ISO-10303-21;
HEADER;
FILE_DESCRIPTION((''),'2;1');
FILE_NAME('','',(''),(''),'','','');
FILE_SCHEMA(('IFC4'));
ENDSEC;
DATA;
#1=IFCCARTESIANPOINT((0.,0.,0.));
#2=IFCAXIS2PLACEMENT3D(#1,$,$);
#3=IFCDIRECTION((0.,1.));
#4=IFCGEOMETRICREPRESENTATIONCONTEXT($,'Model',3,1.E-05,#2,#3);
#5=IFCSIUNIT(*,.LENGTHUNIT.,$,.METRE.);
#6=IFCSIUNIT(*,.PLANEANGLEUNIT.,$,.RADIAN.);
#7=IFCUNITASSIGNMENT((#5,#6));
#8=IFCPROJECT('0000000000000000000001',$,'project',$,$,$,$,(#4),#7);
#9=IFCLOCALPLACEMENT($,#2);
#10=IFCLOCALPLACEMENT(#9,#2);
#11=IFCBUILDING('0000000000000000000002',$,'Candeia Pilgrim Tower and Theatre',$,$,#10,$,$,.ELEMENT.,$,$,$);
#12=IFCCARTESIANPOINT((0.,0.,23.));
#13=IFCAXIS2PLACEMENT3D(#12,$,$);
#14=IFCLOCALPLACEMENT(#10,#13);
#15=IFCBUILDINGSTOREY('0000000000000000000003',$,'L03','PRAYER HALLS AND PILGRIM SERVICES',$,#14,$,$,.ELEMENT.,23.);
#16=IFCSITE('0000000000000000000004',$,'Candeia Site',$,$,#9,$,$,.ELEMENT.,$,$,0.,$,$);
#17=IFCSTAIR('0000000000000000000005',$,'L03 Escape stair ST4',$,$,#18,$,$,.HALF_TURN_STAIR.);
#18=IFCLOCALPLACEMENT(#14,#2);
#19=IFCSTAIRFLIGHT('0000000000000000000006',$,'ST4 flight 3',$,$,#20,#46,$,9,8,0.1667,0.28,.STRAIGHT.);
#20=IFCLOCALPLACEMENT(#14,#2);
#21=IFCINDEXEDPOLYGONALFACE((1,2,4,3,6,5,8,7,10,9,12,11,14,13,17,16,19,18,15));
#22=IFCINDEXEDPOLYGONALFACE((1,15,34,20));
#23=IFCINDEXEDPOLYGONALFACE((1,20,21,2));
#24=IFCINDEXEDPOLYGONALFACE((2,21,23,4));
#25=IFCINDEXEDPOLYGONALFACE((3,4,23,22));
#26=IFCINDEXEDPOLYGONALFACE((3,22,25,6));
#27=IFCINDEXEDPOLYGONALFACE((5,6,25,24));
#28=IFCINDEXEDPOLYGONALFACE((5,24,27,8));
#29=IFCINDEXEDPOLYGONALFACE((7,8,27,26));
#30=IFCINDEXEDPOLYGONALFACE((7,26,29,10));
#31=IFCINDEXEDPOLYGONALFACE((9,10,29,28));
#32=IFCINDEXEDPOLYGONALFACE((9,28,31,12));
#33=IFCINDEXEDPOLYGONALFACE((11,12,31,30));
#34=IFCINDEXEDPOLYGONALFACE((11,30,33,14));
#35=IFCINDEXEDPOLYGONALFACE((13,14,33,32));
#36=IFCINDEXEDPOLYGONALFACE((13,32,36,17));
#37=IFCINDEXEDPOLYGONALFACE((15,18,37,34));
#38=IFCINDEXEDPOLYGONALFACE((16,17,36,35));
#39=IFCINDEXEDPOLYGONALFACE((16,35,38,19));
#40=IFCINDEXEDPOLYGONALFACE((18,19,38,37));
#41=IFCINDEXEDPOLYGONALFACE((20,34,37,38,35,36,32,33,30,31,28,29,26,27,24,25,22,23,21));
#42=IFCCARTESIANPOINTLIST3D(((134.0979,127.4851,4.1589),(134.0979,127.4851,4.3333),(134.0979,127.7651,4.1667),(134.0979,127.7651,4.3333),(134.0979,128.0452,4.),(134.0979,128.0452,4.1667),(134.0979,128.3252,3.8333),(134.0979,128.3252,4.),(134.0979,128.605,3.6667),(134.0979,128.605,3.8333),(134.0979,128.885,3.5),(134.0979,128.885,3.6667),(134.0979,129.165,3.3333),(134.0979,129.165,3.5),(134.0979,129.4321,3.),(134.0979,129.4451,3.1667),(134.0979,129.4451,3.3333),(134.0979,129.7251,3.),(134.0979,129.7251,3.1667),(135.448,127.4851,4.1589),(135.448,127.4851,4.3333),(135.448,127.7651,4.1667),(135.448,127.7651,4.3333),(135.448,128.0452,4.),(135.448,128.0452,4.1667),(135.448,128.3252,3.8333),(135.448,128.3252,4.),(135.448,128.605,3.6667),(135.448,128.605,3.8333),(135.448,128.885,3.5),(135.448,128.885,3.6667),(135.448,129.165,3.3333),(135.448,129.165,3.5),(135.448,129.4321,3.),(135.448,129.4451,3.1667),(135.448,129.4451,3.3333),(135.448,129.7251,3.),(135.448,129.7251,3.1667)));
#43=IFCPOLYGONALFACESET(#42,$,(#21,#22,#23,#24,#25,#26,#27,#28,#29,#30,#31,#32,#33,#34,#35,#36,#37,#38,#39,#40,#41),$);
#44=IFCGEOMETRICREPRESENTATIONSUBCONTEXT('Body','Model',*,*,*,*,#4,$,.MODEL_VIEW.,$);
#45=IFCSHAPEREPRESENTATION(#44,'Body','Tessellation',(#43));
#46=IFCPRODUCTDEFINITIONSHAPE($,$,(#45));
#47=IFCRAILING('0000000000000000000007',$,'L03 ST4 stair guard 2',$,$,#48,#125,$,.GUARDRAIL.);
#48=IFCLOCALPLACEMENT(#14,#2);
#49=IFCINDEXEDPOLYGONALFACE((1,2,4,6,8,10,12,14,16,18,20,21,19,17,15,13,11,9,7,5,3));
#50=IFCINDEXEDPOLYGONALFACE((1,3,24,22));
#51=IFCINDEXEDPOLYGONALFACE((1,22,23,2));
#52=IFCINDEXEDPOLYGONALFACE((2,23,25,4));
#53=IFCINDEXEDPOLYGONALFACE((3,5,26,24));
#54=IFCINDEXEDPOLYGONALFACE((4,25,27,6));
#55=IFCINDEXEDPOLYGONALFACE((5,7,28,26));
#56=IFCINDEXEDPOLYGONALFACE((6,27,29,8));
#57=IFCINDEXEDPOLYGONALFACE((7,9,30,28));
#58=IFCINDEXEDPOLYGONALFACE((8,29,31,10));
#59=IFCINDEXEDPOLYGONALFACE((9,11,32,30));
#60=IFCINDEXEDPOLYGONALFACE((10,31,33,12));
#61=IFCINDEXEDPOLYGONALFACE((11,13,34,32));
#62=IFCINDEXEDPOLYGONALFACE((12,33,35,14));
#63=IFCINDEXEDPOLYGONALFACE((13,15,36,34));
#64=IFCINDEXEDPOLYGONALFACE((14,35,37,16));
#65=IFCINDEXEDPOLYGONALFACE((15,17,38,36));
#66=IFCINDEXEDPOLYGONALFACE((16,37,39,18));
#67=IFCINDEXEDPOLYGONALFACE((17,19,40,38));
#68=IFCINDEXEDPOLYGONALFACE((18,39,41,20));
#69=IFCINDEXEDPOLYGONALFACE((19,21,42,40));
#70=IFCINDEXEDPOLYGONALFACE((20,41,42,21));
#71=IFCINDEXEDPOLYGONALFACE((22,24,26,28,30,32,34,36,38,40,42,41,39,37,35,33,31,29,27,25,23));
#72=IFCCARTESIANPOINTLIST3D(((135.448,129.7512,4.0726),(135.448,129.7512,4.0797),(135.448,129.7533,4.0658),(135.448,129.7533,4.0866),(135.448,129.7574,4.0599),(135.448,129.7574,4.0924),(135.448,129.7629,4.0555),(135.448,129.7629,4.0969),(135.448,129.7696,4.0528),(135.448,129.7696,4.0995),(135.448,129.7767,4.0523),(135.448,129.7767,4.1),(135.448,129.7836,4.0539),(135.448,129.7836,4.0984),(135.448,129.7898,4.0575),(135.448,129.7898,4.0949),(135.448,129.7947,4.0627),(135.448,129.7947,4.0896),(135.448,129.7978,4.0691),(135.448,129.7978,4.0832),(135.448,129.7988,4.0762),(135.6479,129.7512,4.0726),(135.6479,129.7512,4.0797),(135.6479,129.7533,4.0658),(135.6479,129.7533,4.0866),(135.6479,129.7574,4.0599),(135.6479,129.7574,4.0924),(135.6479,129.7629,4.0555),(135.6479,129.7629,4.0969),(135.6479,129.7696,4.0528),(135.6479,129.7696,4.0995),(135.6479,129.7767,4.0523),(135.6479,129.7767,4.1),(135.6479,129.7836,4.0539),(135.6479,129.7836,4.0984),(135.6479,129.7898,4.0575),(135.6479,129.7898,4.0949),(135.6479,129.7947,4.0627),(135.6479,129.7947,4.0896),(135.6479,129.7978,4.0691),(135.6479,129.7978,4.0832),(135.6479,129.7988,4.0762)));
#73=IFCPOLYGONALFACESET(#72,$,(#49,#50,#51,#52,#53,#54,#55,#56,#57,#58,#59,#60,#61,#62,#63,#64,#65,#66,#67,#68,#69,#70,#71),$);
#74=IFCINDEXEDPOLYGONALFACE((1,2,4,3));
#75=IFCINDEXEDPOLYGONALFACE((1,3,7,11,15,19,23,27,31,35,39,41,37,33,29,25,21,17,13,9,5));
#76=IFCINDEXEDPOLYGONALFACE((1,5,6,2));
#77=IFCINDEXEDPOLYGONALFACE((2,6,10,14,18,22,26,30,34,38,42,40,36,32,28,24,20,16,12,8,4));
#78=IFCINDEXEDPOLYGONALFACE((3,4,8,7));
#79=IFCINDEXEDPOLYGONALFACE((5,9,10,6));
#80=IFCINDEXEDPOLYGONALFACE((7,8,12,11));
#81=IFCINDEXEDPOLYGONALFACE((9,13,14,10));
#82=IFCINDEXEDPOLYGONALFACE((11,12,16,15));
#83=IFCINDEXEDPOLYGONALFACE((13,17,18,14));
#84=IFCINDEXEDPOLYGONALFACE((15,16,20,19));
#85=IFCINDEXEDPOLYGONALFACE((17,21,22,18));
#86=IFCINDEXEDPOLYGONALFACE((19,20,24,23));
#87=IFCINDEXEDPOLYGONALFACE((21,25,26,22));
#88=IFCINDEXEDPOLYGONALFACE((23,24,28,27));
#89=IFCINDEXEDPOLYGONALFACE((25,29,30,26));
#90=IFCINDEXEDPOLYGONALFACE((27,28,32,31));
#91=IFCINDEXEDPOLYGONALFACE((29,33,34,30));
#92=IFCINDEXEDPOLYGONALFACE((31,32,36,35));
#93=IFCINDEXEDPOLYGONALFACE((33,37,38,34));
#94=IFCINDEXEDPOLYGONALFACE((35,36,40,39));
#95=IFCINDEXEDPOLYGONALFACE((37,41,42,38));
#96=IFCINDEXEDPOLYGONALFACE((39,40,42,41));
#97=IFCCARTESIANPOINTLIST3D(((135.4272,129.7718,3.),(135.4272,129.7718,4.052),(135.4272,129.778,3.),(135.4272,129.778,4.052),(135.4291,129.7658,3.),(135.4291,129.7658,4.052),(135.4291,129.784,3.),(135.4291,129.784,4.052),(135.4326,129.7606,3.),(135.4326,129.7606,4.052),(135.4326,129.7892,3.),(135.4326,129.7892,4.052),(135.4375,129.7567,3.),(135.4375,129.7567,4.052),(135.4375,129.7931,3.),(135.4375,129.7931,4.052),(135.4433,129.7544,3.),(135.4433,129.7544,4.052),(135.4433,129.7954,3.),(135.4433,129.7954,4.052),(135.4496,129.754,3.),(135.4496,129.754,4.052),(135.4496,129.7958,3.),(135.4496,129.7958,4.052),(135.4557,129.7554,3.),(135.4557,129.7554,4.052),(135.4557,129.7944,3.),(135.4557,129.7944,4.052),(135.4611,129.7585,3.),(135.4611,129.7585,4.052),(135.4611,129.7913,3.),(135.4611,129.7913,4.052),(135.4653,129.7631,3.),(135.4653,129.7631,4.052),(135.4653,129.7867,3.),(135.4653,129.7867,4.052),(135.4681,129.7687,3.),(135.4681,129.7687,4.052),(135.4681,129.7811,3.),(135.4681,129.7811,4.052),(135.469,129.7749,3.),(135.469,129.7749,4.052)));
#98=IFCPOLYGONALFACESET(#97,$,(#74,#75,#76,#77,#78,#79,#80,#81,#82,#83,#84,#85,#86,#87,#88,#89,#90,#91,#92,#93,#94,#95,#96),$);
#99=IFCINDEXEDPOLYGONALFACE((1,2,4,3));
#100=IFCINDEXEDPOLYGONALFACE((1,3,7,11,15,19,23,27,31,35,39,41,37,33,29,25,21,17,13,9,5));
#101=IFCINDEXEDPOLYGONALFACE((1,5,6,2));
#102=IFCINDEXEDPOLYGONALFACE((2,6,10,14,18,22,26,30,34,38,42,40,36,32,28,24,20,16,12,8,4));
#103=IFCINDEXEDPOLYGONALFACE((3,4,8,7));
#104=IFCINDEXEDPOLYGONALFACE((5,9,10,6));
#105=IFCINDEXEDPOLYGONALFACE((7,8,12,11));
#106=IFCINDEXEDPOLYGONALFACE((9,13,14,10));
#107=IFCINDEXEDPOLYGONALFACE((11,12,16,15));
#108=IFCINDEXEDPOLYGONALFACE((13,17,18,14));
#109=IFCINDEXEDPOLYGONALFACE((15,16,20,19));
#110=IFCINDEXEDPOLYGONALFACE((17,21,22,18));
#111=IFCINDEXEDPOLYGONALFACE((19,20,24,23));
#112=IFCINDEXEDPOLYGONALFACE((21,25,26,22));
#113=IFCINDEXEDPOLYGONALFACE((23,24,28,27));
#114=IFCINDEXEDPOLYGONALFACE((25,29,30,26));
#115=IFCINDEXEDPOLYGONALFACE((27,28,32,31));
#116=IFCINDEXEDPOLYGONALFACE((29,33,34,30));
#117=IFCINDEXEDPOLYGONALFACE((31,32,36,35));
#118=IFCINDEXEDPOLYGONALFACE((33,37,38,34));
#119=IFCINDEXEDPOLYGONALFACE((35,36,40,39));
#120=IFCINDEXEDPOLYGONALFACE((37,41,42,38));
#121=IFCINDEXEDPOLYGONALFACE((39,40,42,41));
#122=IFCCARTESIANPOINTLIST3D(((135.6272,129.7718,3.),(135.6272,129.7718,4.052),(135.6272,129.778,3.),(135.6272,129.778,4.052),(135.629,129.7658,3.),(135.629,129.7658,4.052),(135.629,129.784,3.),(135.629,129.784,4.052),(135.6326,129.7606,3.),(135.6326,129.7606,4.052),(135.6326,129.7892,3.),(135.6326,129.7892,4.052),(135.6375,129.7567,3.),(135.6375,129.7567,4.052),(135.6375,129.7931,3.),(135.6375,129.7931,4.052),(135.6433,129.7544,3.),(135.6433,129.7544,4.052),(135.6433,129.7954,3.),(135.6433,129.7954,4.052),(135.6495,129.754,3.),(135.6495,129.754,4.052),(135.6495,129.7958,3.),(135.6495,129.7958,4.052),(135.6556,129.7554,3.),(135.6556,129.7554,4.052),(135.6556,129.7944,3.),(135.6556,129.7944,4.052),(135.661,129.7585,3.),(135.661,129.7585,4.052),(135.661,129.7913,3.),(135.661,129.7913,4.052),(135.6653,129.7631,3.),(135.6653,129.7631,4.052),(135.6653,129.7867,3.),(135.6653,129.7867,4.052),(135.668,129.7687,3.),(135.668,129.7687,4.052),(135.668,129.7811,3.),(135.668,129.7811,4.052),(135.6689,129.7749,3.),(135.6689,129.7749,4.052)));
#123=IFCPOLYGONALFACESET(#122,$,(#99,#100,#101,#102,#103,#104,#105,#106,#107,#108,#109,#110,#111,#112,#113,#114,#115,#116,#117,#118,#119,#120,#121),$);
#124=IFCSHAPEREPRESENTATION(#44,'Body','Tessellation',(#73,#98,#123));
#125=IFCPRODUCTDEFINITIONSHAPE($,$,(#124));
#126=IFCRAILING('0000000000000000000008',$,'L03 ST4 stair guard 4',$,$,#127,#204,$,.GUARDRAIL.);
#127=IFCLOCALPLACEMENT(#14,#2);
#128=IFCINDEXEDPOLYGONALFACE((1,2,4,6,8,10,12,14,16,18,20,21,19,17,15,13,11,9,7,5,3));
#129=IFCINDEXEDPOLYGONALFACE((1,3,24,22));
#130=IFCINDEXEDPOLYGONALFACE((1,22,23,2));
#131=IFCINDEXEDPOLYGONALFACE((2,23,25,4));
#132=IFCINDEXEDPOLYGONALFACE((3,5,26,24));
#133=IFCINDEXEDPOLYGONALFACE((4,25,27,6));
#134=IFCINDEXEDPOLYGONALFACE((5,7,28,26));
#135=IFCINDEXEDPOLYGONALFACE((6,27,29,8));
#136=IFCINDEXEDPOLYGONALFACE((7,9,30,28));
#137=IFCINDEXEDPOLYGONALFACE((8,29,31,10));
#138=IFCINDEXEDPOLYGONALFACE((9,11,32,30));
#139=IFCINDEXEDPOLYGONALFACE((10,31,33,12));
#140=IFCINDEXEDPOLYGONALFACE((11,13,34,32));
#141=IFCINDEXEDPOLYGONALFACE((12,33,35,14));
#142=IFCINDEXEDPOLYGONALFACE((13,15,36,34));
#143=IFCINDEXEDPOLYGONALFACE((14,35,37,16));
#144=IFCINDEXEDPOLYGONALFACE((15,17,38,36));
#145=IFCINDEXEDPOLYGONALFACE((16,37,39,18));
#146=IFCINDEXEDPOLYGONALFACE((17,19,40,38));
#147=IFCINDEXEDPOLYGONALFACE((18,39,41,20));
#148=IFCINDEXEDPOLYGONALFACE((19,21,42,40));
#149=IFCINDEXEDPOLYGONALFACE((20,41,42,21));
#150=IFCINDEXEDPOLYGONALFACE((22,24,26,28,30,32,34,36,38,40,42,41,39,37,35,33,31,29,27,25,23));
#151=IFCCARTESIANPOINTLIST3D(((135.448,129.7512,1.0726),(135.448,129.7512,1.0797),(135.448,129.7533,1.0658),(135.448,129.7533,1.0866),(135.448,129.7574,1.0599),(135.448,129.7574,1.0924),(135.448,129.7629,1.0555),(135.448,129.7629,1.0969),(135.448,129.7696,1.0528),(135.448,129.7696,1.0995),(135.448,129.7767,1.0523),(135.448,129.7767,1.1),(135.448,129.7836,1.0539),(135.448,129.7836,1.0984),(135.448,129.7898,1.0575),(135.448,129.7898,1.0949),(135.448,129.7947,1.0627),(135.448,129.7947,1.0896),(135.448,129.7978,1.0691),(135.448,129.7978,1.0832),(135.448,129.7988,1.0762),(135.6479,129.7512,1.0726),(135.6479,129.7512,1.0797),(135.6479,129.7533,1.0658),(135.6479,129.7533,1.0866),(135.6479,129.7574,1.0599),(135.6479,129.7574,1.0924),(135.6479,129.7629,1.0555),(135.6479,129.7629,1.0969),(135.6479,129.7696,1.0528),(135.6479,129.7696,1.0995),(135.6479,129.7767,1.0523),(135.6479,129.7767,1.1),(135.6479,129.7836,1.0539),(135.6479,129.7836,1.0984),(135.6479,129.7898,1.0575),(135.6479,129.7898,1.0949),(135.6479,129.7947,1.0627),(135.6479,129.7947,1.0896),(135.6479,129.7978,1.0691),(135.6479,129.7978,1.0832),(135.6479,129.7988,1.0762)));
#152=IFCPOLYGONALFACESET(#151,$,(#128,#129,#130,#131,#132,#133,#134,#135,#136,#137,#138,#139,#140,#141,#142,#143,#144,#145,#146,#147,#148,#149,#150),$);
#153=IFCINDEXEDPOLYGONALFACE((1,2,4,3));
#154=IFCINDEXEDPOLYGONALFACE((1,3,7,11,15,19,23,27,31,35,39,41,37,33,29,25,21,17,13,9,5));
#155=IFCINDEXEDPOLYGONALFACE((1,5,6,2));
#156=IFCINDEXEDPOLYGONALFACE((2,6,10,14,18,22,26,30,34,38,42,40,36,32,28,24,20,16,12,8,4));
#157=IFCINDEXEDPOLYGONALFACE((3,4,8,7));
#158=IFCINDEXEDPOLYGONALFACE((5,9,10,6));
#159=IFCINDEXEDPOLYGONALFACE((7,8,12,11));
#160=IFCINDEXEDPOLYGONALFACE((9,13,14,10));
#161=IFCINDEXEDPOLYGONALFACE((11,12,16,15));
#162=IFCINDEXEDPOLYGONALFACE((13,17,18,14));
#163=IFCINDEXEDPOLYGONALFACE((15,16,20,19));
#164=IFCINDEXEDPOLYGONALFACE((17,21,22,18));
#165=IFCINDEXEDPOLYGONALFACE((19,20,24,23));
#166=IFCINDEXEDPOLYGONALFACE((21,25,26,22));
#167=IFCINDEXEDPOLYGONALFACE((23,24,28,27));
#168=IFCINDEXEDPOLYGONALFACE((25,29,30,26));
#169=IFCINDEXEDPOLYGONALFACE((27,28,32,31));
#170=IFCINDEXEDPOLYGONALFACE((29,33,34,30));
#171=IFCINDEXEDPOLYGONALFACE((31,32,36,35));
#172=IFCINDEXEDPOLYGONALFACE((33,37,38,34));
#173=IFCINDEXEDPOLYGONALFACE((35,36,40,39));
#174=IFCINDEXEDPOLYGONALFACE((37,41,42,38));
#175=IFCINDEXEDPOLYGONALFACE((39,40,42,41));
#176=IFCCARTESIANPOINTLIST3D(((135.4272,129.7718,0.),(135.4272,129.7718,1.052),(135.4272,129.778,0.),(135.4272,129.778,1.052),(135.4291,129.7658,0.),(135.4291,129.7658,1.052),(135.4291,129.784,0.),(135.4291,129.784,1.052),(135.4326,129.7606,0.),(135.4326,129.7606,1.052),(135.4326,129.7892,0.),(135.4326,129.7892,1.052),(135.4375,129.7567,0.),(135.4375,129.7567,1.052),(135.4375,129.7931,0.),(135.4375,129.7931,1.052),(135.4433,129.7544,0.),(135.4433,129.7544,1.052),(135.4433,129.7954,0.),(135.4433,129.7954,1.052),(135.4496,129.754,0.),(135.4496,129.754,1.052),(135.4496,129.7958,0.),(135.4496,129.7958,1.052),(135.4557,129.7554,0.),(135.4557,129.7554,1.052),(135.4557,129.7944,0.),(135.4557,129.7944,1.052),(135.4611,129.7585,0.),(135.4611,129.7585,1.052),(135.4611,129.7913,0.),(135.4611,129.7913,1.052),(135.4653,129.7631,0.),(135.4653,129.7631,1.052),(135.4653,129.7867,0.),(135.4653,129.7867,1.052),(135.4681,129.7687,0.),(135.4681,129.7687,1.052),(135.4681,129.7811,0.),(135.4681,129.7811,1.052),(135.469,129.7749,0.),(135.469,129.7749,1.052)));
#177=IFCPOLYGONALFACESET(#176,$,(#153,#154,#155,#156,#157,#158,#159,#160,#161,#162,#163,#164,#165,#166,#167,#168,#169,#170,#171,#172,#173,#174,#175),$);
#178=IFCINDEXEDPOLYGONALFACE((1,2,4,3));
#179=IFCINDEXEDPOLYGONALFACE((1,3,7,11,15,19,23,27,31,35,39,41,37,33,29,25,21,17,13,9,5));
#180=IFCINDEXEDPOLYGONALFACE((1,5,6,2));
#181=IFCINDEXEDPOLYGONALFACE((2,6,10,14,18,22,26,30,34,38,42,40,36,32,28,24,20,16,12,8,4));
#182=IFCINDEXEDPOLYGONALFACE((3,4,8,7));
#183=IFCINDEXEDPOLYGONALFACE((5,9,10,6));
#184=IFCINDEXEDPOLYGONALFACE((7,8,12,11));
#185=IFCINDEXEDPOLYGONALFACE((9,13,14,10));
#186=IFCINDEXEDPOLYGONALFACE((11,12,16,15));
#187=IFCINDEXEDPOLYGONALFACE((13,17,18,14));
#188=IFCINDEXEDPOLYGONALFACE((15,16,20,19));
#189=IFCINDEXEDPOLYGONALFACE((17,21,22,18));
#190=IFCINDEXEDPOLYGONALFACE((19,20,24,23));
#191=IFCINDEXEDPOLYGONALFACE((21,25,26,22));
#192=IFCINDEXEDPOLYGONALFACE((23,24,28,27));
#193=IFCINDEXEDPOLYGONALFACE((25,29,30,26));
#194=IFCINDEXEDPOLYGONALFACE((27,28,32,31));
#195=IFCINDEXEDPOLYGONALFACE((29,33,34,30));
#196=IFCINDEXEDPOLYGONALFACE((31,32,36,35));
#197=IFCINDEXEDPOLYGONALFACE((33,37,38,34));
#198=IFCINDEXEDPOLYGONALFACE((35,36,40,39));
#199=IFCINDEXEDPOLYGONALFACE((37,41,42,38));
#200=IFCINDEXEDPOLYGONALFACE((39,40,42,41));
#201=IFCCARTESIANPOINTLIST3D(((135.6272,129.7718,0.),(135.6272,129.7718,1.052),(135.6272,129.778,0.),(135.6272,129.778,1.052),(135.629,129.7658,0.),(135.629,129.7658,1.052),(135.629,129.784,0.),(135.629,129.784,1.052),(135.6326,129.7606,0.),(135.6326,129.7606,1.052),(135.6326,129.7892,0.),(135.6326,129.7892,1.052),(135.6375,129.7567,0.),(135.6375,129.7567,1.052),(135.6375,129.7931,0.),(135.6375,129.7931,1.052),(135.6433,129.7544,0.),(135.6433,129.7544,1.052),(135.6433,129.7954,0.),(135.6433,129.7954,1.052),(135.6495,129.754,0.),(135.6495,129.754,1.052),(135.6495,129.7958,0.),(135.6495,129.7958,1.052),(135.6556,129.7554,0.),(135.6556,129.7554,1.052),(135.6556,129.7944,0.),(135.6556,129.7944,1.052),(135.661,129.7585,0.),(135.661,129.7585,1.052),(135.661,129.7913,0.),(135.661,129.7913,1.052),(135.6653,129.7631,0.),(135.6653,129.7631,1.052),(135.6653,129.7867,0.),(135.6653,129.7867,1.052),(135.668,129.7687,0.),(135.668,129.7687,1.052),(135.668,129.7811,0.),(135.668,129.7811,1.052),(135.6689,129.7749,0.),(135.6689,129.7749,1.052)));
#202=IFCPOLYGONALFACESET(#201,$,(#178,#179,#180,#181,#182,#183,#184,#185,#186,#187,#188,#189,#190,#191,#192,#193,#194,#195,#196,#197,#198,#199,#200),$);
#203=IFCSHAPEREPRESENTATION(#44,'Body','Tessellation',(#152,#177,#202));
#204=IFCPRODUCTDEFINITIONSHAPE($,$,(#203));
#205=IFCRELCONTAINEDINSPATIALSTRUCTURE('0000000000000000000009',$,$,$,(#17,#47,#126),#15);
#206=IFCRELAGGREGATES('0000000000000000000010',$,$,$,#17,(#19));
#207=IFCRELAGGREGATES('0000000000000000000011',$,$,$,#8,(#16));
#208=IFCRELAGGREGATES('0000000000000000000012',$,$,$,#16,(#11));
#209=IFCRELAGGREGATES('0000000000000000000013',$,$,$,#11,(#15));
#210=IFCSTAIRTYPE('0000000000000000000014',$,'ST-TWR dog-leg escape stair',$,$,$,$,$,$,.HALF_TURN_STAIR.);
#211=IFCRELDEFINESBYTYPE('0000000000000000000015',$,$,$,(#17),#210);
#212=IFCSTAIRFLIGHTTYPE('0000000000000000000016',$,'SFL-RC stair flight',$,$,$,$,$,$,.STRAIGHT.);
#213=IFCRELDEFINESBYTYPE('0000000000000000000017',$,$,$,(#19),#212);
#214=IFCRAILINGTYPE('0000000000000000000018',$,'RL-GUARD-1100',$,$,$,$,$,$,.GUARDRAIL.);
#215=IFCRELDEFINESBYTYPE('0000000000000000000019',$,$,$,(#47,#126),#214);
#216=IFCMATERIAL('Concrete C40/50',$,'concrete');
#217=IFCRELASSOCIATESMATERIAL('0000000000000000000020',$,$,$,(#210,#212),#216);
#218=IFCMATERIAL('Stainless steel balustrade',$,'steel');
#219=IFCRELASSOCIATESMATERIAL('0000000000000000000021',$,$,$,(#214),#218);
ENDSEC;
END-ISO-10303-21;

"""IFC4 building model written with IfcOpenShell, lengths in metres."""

from ifc_helpers import new_model, si_unit, direction, frame, origin, origin_2d, place, context, subcontext, project, spatial, polyline, circle, outline, extrude, material, type_object, element, aggregate, save


model = new_model("IFC4")

# Units and contexts
model_context = context("Model", 3, precision=1e-05, world=origin(), true_north=direction((0.0, 1.0)))
body_context = subcontext(model_context, "Body", "Model", "MODEL_VIEW")
ifc_project = project(units=[si_unit("LENGTHUNIT", "METRE"), si_unit("PLANEANGLEUNIT", "RADIAN")], contexts=[model_context])

# Site, building, storey
site_placement = place(None, origin())
site = spatial("IfcSite", under=ifc_project, at=site_placement, Name="Candeia Site", CompositionType="ELEMENT", RefElevation=0.0)
building_placement = place(site_placement, origin())
building = spatial("IfcBuilding", under=site, at=building_placement, Name="Candeia Pilgrim Tower and Theatre", CompositionType="ELEMENT")
storey_placement = place(building_placement, frame((0.0, 0.0, 23.0)))
storey = spatial("IfcBuildingStorey", under=building, at=storey_placement, Name="L03", Description="PRAYER HALLS AND PILGRIM SERVICES", CompositionType="ELEMENT", Elevation=23.0)

# Shared definitions
ifc_material_1 = material(Name="Concrete C40/50", Category="concrete")

# Stair, stair flight
stair_type = type_object("IfcStairType", Name="ST-TWR dog-leg escape stair", PredefinedType="HALF_TURN_STAIR", material=ifc_material_1)
stair_placement = place(storey_placement, origin())
stair = element("IfcStair", 1, at=stair_placement, inside=storey, type_object=stair_type, Name="L03 Escape stair ST4", PredefinedType="HALF_TURN_STAIR")
stair_flight_type = type_object("IfcStairFlightType", Name="SFL-RC stair flight", PredefinedType="STRAIGHT", material=ifc_material_1)
stair_flight_1_placement = place(storey_placement, frame((134.7729, 129.7251, 3.0), z_axis=(0.0, 0.0, 1.0), x_axis=(0.0, -1.0, 0.0)))
stair_flight_1 = element("IfcStairFlight", 2, at=stair_flight_1_placement, type_object=stair_flight_type, Name="ST4 flight 3", NumberOfRisers=9, NumberOfTreads=8, PredefinedType="STRAIGHT", RiserHeight=0.1667, TreadLength=0.28, context=body_context, shape_type="SweptSolid", body=[
    extrude(outline(polyline([(0.0, 0.0), (0.0, 0.1667), (0.28, 0.1667), (0.28, 0.3333), (0.5601, 0.3333), (0.5601, 0.5), (0.8401, 0.5), (0.8401, 0.6667), (1.1201, 0.6667), (1.1201, 0.8333), (1.3999, 0.8333), (1.3999, 1.0), (1.6799, 1.0), (1.6799, 1.1667), (1.96, 1.1667), (1.96, 1.3333), (2.24, 1.3333), (2.24, 1.5), (2.24, 1.1589), (0.293, 0.0), (0.0, 0.0)])), frame((0.0, 0.675, 0.0), z_axis=(0.0, -1.0, 0.0), x_axis=(1.0, 0.0, 0.0)), (0.0, 0.0, 1.0), 1.3501),
])
aggregate(stair, [stair_flight_1])

# Railings
ifc_material_2 = material(Name="Stainless steel balustrade", Category="steel")
railing_type_1 = type_object("IfcRailingType", Name="RL-GUARD-1100", PredefinedType="GUARDRAIL", material=ifc_material_2)
railing_1_placement = place(storey_placement, frame((135.448, 129.7749, 3.0)))
element("IfcRailing", 3, at=railing_1_placement, inside=storey, type_object=railing_type_1, Name="L03 ST4 stair guard 2", PredefinedType="GUARDRAIL", context=body_context, shape_type="SweptSolid", body=[
    extrude(circle(Radius=0.0239, at=origin_2d()), frame((0.0, 0.0, 1.0762), z_axis=(1.0, 0.0, 0.0), x_axis=(0.0, 1.0, 0.0)), (0.0, 0.0, 1.0), 0.2),
    extrude(circle(Radius=0.021, at=origin_2d()), origin(), (0.0, 0.0, 1.0), 1.052),
    extrude(circle(Radius=0.021, at=origin_2d()), frame((0.2, 0.0, 0.0)), (0.0, 0.0, 1.0), 1.052),
])
railing_2_placement = place(storey_placement, frame((135.448, 129.7749, 0.0)))
element("IfcRailing", 4, at=railing_2_placement, inside=storey, type_object=railing_type_1, Name="L03 ST4 stair guard 4", PredefinedType="GUARDRAIL", context=body_context, shape_type="SweptSolid", body=[
    extrude(circle(Radius=0.0239, at=origin_2d()), frame((0.0, 0.0, 1.0762), z_axis=(1.0, 0.0, 0.0), x_axis=(0.0, 1.0, 0.0)), (0.0, 0.0, 1.0), 0.2),
    extrude(circle(Radius=0.021, at=origin_2d()), origin(), (0.0, 0.0, 1.0), 1.052),
    extrude(circle(Radius=0.021, at=origin_2d()), frame((0.2, 0.0, 0.0)), (0.0, 0.0, 1.0), 1.052),
])

save(model, "model.ifc")
